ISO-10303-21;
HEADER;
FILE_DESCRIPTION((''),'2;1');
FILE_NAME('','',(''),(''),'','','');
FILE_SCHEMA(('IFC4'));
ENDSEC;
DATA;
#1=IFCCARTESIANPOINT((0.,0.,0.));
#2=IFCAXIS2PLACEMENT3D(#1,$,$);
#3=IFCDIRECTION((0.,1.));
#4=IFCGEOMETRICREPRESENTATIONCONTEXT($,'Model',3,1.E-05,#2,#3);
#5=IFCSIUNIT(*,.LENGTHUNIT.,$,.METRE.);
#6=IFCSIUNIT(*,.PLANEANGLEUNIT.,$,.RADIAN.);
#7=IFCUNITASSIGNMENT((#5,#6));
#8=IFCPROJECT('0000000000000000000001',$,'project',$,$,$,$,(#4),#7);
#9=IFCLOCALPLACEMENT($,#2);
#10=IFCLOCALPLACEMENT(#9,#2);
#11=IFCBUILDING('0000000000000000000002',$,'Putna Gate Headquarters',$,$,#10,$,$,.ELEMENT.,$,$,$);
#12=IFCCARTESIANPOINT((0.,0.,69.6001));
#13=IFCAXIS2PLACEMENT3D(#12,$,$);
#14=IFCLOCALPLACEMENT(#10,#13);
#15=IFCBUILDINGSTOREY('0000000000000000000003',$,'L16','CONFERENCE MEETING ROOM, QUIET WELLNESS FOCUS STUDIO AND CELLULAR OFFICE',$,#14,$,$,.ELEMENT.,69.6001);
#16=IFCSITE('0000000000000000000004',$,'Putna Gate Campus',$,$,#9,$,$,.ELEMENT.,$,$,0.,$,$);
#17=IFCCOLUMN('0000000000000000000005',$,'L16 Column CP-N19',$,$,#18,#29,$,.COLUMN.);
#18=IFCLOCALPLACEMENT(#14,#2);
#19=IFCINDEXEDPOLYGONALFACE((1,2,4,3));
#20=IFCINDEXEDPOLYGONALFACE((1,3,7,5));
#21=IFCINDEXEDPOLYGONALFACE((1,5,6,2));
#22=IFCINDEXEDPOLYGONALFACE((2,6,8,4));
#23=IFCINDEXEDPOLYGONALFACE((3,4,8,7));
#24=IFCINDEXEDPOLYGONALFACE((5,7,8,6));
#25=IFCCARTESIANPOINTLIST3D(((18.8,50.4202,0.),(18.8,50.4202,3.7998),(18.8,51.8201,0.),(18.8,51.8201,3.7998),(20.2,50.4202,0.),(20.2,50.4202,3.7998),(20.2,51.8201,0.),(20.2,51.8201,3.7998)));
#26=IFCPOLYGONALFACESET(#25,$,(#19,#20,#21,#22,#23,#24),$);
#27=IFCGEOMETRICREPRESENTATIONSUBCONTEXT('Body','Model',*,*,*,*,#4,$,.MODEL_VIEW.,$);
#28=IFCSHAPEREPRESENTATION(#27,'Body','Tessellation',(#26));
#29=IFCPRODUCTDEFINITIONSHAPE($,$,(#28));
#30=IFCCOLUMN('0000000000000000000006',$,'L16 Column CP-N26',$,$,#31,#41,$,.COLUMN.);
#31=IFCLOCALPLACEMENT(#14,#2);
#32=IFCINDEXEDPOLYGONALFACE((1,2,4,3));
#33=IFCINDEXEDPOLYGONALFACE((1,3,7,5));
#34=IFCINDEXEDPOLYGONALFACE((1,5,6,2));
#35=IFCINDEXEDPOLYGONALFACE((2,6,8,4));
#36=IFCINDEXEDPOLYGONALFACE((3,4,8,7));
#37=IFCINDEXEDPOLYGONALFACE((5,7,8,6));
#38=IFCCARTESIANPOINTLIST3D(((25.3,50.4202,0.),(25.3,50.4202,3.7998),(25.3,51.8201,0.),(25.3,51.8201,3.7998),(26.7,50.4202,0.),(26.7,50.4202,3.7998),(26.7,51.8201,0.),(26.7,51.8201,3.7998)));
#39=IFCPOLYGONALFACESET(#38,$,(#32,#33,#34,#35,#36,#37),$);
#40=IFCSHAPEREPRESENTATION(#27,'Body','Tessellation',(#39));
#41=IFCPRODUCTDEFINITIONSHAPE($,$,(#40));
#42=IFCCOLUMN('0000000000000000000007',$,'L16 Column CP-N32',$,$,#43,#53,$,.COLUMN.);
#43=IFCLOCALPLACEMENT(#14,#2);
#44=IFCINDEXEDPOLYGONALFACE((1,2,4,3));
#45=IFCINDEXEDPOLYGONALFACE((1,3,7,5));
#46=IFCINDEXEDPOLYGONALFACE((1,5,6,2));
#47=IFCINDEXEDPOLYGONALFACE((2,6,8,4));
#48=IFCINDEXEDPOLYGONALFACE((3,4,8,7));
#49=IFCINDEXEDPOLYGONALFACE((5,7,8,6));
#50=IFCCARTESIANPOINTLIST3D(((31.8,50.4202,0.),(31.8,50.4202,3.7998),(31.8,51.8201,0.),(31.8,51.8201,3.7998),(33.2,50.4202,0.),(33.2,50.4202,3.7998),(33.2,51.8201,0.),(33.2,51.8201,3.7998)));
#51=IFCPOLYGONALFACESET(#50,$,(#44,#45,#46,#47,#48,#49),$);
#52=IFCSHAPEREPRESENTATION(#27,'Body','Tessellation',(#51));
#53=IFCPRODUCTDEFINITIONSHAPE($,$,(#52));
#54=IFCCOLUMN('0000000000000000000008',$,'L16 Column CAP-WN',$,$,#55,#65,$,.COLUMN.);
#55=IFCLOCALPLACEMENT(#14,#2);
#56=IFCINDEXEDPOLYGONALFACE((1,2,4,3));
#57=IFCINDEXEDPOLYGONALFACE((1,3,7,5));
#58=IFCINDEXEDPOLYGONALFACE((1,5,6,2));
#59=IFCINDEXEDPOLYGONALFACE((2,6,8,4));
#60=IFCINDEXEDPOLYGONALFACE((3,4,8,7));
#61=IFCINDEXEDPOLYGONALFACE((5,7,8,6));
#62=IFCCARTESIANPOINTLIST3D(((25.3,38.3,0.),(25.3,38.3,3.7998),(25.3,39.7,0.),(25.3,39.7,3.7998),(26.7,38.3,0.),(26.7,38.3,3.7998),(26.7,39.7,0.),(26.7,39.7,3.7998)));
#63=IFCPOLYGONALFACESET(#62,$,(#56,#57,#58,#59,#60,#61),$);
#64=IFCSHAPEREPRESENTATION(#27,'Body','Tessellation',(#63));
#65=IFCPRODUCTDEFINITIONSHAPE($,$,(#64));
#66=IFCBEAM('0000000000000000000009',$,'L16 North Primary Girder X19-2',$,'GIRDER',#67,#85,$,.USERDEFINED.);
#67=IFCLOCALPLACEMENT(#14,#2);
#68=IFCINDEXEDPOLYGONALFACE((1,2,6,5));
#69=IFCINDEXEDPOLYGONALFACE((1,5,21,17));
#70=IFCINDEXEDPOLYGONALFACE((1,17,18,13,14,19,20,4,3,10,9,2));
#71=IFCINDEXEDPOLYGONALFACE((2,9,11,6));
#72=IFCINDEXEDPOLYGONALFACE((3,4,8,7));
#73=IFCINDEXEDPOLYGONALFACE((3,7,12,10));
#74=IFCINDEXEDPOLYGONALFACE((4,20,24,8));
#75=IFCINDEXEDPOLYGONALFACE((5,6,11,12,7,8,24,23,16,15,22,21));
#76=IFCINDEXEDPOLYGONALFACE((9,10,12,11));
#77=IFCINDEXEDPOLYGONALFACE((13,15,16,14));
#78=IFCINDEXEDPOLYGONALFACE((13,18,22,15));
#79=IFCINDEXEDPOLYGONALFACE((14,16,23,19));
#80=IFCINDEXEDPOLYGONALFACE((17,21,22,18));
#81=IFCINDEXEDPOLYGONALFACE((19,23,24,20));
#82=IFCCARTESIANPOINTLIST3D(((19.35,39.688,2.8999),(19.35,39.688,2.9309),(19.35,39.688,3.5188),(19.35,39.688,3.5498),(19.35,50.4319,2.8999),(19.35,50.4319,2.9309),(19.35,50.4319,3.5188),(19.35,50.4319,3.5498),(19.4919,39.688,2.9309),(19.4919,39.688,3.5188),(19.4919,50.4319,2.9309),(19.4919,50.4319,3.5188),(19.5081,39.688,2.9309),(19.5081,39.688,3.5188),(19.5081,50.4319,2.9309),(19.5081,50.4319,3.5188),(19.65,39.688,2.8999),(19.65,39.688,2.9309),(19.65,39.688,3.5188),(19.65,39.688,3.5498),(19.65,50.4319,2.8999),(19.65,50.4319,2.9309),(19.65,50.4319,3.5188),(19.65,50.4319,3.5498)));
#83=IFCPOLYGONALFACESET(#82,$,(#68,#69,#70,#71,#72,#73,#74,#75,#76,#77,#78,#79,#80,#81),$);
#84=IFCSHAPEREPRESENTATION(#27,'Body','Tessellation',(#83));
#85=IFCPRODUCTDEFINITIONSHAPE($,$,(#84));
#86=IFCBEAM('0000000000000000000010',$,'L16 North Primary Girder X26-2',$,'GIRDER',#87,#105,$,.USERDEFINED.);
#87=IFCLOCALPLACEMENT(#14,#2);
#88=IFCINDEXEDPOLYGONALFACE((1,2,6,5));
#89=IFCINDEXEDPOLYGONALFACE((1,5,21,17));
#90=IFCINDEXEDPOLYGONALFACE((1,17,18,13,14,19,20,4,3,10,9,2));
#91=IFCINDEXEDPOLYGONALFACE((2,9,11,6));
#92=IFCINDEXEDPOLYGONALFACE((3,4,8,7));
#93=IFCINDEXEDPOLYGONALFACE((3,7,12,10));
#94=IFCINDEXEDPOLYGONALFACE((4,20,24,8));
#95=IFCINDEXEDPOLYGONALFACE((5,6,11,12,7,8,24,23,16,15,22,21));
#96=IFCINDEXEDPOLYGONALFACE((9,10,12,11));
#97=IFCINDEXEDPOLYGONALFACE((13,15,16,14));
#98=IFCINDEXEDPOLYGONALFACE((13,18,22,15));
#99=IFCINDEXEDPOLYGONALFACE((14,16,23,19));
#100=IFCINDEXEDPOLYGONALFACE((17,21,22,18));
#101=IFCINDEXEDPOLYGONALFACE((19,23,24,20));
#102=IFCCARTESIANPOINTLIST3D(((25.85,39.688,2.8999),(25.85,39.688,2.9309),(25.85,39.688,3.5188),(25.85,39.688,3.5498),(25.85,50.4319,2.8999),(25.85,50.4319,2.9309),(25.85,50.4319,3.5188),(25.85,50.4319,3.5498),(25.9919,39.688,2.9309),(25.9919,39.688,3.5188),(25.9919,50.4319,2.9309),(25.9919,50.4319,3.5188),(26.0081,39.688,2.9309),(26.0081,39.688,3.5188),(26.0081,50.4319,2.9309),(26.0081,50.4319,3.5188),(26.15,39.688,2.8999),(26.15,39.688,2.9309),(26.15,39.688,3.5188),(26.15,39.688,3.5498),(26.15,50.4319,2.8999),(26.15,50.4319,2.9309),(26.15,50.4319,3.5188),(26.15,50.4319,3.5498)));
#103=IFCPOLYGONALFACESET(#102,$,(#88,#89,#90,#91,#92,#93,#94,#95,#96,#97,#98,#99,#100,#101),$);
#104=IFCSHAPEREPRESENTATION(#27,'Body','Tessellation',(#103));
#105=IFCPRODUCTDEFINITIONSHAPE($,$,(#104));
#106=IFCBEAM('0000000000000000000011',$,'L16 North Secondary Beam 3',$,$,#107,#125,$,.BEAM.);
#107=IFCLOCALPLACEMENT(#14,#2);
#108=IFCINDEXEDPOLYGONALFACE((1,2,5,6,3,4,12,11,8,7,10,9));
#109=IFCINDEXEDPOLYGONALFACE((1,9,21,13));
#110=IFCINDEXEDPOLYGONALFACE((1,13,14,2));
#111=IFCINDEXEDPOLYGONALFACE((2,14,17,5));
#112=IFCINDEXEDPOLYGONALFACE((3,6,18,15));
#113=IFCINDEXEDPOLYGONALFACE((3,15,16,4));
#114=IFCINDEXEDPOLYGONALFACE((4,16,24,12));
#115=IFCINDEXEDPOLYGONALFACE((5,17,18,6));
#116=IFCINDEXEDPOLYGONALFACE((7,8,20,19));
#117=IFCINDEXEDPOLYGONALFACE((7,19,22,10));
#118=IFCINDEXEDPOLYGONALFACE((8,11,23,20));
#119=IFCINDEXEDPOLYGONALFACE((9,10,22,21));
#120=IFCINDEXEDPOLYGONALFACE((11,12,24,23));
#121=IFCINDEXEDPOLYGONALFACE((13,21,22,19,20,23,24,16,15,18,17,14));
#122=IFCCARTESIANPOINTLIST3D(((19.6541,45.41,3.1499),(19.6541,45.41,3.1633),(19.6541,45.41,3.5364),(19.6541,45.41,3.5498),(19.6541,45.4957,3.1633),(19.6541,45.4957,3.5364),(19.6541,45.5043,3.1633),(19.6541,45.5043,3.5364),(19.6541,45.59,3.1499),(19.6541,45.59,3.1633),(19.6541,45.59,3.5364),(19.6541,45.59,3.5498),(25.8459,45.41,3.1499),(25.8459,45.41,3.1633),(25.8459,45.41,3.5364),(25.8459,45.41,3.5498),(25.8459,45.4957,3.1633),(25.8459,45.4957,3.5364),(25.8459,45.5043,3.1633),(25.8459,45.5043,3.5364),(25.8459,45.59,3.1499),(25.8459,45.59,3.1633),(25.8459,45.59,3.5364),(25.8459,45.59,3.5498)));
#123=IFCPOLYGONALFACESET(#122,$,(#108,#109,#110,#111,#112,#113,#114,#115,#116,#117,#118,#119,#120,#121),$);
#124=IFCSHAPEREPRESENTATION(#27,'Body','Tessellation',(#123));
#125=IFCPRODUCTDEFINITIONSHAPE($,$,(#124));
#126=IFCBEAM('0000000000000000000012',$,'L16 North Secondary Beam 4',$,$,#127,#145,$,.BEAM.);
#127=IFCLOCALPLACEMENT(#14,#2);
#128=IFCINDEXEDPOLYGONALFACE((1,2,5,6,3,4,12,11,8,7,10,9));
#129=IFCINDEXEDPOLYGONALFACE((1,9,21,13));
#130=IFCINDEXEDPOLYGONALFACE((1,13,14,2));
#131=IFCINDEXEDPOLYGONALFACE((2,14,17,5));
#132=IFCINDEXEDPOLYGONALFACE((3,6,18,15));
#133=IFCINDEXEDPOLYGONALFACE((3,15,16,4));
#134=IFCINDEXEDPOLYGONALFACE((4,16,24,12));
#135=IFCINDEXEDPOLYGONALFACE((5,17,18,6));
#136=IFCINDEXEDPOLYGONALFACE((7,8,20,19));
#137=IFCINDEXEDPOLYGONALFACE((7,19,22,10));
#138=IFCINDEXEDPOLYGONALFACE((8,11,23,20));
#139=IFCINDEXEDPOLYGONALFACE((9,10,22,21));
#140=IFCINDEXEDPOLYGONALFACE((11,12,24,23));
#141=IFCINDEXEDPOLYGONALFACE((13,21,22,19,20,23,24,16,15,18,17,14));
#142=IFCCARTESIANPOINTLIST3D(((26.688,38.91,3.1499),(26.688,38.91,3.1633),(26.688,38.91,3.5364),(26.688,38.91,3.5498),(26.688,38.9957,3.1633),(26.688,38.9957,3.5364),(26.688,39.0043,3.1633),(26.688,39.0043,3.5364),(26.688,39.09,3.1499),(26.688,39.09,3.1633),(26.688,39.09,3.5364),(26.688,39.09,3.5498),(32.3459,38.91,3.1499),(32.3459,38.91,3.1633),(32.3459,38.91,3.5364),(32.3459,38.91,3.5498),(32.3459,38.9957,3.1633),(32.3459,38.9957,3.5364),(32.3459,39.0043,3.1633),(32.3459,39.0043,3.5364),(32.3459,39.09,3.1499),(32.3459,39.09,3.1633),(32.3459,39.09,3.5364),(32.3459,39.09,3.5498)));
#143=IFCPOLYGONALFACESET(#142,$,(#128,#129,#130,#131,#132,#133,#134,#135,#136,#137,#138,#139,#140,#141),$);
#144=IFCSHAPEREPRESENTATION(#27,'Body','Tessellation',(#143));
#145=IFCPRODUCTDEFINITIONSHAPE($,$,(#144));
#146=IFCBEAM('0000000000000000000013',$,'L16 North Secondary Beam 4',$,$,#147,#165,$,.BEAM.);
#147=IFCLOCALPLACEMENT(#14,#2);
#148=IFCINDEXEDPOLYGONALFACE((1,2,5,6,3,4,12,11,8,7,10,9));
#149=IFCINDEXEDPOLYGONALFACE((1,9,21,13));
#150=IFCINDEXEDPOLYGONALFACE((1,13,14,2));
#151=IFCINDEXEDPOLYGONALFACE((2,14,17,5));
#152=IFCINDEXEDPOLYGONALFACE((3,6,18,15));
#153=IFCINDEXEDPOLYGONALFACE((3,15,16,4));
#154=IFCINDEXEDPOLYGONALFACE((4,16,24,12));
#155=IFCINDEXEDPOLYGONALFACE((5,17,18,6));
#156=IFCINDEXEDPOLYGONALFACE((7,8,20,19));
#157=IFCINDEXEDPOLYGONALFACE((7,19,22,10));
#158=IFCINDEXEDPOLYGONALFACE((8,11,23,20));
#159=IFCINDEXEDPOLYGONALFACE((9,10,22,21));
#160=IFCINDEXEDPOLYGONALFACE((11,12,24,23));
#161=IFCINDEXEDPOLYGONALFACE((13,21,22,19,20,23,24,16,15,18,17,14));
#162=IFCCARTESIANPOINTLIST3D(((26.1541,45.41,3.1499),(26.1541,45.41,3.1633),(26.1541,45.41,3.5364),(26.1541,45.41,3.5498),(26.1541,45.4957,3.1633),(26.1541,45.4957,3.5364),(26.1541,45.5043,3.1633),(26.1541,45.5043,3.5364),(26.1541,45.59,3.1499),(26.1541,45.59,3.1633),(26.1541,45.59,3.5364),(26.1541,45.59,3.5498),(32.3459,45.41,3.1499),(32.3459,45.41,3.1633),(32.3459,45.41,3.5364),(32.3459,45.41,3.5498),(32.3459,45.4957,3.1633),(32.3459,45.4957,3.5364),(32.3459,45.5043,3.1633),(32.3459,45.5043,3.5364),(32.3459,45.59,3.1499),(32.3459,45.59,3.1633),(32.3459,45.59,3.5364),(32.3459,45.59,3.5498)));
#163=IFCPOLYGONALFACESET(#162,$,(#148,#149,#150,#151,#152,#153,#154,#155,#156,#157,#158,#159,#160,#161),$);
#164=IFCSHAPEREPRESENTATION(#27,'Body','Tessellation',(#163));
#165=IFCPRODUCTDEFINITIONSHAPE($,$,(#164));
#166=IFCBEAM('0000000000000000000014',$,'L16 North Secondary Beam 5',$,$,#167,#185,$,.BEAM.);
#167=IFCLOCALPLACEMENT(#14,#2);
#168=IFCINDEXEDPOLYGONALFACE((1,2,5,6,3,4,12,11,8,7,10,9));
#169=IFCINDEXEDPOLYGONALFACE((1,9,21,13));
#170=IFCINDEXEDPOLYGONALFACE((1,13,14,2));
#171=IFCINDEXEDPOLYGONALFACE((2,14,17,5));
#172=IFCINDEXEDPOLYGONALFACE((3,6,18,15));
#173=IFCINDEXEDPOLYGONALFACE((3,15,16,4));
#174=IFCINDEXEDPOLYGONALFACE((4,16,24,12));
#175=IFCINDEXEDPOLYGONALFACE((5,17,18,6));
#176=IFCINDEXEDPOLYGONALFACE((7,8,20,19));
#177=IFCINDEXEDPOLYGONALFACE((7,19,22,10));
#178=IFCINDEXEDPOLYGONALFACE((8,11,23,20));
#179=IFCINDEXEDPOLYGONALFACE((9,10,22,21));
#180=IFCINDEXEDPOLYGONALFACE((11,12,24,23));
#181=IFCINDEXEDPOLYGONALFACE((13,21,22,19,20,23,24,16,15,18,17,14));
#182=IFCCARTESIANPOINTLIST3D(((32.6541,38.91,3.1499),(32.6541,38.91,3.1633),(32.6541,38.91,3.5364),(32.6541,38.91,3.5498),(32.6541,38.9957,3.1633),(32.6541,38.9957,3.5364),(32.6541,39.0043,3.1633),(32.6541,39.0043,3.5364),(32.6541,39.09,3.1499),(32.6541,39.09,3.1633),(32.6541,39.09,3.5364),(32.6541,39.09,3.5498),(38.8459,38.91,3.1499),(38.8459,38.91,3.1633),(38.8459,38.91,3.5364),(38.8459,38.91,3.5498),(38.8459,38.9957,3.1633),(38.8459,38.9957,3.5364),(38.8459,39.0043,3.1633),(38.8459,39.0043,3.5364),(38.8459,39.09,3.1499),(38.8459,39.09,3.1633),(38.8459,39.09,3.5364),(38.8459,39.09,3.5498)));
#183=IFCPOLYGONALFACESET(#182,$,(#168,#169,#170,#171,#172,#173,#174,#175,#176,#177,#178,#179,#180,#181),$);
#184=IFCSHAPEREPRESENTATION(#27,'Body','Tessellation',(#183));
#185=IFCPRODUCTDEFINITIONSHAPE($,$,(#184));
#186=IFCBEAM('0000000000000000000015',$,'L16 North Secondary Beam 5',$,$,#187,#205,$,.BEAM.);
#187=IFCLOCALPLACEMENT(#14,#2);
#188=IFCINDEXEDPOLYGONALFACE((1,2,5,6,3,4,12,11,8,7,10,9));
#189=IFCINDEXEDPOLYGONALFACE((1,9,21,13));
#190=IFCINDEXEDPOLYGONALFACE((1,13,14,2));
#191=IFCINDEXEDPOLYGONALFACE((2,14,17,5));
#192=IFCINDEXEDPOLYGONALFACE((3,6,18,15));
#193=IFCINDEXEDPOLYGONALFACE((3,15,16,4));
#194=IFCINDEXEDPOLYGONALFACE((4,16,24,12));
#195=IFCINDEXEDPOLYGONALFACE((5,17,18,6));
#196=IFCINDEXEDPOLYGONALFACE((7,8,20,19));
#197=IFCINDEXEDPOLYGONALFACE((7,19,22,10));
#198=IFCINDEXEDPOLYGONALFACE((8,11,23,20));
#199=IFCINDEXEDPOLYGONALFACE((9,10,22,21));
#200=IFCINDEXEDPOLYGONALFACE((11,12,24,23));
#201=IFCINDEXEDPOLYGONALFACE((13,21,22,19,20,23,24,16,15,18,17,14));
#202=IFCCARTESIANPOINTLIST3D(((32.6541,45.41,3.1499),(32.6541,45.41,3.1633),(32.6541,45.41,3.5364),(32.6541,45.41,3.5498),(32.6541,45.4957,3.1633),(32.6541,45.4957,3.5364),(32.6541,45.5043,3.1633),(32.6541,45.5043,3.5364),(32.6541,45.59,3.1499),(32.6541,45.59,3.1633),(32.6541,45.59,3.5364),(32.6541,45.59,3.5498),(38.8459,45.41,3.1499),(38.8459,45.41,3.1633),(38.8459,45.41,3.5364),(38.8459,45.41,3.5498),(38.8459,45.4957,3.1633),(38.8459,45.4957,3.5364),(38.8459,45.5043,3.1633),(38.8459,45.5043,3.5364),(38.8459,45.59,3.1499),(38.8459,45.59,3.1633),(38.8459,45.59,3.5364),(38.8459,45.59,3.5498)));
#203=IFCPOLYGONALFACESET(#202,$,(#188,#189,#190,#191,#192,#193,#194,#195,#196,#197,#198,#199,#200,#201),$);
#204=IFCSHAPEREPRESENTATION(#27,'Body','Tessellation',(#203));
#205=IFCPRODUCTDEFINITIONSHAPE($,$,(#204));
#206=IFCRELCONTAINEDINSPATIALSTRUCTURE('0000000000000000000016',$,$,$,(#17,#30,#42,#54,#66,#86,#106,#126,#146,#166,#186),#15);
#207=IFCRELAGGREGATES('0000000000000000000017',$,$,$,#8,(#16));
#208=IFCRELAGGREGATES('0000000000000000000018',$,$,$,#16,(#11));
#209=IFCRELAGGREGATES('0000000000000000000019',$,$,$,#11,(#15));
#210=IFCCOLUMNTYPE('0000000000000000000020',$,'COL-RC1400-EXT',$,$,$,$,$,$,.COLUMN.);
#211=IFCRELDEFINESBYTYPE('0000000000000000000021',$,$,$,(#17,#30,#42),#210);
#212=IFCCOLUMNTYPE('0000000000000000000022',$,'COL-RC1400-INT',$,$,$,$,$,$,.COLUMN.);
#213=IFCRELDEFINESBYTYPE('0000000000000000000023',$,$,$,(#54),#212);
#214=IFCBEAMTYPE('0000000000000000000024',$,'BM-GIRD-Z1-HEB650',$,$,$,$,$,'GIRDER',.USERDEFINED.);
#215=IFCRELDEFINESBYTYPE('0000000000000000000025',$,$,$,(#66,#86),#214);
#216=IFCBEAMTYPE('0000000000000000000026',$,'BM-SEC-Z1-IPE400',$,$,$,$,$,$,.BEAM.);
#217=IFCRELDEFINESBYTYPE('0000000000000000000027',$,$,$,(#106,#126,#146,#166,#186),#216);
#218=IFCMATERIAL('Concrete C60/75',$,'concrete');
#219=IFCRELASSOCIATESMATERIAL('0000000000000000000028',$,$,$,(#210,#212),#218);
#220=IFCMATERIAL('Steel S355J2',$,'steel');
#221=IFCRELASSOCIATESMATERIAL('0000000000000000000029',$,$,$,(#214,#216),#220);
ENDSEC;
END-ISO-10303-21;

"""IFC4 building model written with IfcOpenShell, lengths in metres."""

from ifc_helpers import new_model, si_unit, direction, frame, origin, origin_2d, place, context, subcontext, project, spatial, rectangle, i_section, extrude, material, material_profile, profile_set, type_object, element, save


model = new_model("IFC4")

# Units and contexts
model_context = context("Model", 3, precision=1e-05, world=origin(), true_north=direction((0.0, 1.0)))
body_context = subcontext(model_context, "Body", "Model", "MODEL_VIEW")
ifc_project = project(units=[si_unit("LENGTHUNIT", "METRE"), si_unit("PLANEANGLEUNIT", "RADIAN")], contexts=[model_context])

# Site, building, storey
site_placement = place(None, origin())
site = spatial("IfcSite", under=ifc_project, at=site_placement, Name="Putna Gate Campus", CompositionType="ELEMENT", RefElevation=0.0)
building_placement = place(site_placement, origin())
building = spatial("IfcBuilding", under=site, at=building_placement, Name="Putna Gate Headquarters", CompositionType="ELEMENT")
storey_placement = place(building_placement, frame((0.0, 0.0, 69.6001)))
storey = spatial("IfcBuildingStorey", under=building, at=storey_placement, Name="L16", Description="CONFERENCE MEETING ROOM, QUIET WELLNESS FOCUS STUDIO AND CELLULAR OFFICE", CompositionType="ELEMENT", Elevation=69.6001)

# Columns
ifc_material_1 = material(Name="Concrete C60/75", Category="concrete")
ifc_material_profile_1 = material_profile(ifc_material_1, rectangle(XDim=1.3999, YDim=1.3999, at=origin_2d()), Name="Concrete C60/75")
ifc_profile_set_1 = profile_set([ifc_material_profile_1], Name="Concrete C60/75")
column_type_1 = type_object("IfcColumnType", Name="COL-RC1400-EXT", PredefinedType="COLUMN", material=ifc_profile_set_1)
for number, where, z_axis, x_axis, name in (
    (1, (19.5, 51.1201, 0.0), (0.0, 0.0, 1.0), (1.0, 0.0, 0.0), "L16 Column CP-N19"),
    (2, (26.0, 51.1201, 0.0), (0.0, 0.0, 1.0), (1.0, 0.0, 0.0), "L16 Column CP-N26"),
    (3, (32.5, 51.1201, 0.0), (0.0, 0.0, 1.0), (1.0, 0.0, 0.0), "L16 Column CP-N32"),
):
    element("IfcColumn", number, at=place(storey_placement, frame(where, z_axis=z_axis, x_axis=x_axis)), inside=storey, type_object=column_type_1, Name=name, PredefinedType="COLUMN", context=body_context, shape_type="SweptSolid", body=[
        extrude(rectangle(XDim=1.3999, YDim=1.3999, at=origin_2d()), origin(), (0.0, 0.0, 1.0), 3.7998),
    ])
ifc_material_profile_2 = material_profile(ifc_material_1, rectangle(XDim=1.3999, YDim=1.3999, at=origin_2d()), Name="Concrete C60/75")
ifc_profile_set_2 = profile_set([ifc_material_profile_2], Name="Concrete C60/75")
column_type_2 = type_object("IfcColumnType", Name="COL-RC1400-INT", PredefinedType="COLUMN", material=ifc_profile_set_2)
column_placement = place(storey_placement, frame((26.0, 39.0, 0.0), z_axis=(0.0, 0.0, 1.0), x_axis=(1.0, 0.0, 0.0)))
element("IfcColumn", 4, at=column_placement, inside=storey, type_object=column_type_2, Name="L16 Column CAP-WN", PredefinedType="COLUMN", context=body_context, shape_type="SweptSolid", body=[
    extrude(rectangle(XDim=1.3999, YDim=1.3999, at=origin_2d()), origin(), (0.0, 0.0, 1.0), 3.7998),
])

# Beams
ifc_material_2 = material(Name="Steel S355J2", Category="steel")
ifc_material_profile_3 = material_profile(ifc_material_2, i_section(OverallWidth=0.3, OverallDepth=0.6499, WebThickness=0.0161, FlangeThickness=0.031, at=origin_2d()), Name="Steel S355J2")
ifc_profile_set_3 = profile_set([ifc_material_profile_3], Name="Steel S355J2")
beam_type_1 = type_object("IfcBeamType", Name="BM-GIRD-Z1-HEB650", ElementType="GIRDER", PredefinedType="USERDEFINED", material=ifc_profile_set_3)
for number, where, z_axis, x_axis, name in (
    (5, (19.5, 39.688, 3.2249), (0.0, 1.0, 0.0), (-1.0, 0.0, 0.0), "L16 North Primary Girder X19-2"),
    (6, (26.0, 39.688, 3.2249), (0.0, 1.0, 0.0), (-1.0, 0.0, 0.0), "L16 North Primary Girder X26-2"),
):
    element("IfcBeam", number, at=place(storey_placement, frame(where, z_axis=z_axis, x_axis=x_axis)), inside=storey, type_object=beam_type_1, Name=name, ObjectType="GIRDER", PredefinedType="USERDEFINED", context=body_context, shape_type="SweptSolid", body=[
        extrude(i_section(OverallWidth=0.3, OverallDepth=0.6499, WebThickness=0.0161, FlangeThickness=0.031, at=origin_2d()), origin(), (0.0, 0.0, 1.0), 10.7439),
    ])
ifc_material_profile_4 = material_profile(ifc_material_2, i_section(OverallWidth=0.1799, OverallDepth=0.3999, WebThickness=0.0085, FlangeThickness=0.0134, at=origin_2d()), Name="Steel S355J2")
ifc_profile_set_4 = profile_set([ifc_material_profile_4], Name="Steel S355J2")
beam_type_2 = type_object("IfcBeamType", Name="BM-SEC-Z1-IPE400", PredefinedType="BEAM", material=ifc_profile_set_4)
beam_1_placement = place(storey_placement, frame((19.6541, 45.5, 3.3499), z_axis=(1.0, 0.0, 0.0), x_axis=(0.0, 1.0, 0.0)))
element("IfcBeam", 7, at=beam_1_placement, inside=storey, type_object=beam_type_2, Name="L16 North Secondary Beam 3", PredefinedType="BEAM", context=body_context, shape_type="SweptSolid", body=[
    extrude(i_section(OverallWidth=0.1799, OverallDepth=0.3999, WebThickness=0.0085, FlangeThickness=0.0134, at=origin_2d()), origin(), (0.0, 0.0, 1.0), 6.1919),
])
beam_2_placement = place(storey_placement, frame((26.688, 39.0, 3.3499), z_axis=(1.0, 0.0, 0.0), x_axis=(0.0, 1.0, 0.0)))
element("IfcBeam", 8, at=beam_2_placement, inside=storey, type_object=beam_type_2, Name="L16 North Secondary Beam 4", PredefinedType="BEAM", context=body_context, shape_type="SweptSolid", body=[
    extrude(i_section(OverallWidth=0.1799, OverallDepth=0.3999, WebThickness=0.0085, FlangeThickness=0.0134, at=origin_2d()), origin(), (0.0, 0.0, 1.0), 5.658),
])
for number, where, z_axis, x_axis, name in (
    (9, (26.1541, 45.5, 3.3499), (1.0, 0.0, 0.0), (0.0, 1.0, 0.0), "L16 North Secondary Beam 4"),
    (10, (32.6541, 39.0, 3.3499), (1.0, 0.0, 0.0), (0.0, 1.0, 0.0), "L16 North Secondary Beam 5"),
    (11, (32.6541, 45.5, 3.3499), (1.0, 0.0, 0.0), (0.0, 1.0, 0.0), "L16 North Secondary Beam 5"),
):
    element("IfcBeam", number, at=place(storey_placement, frame(where, z_axis=z_axis, x_axis=x_axis)), inside=storey, type_object=beam_type_2, Name=name, PredefinedType="BEAM", context=body_context, shape_type="SweptSolid", body=[
        extrude(i_section(OverallWidth=0.1799, OverallDepth=0.3999, WebThickness=0.0085, FlangeThickness=0.0134, at=origin_2d()), origin(), (0.0, 0.0, 1.0), 6.1919),
    ])

save(model, "model.ifc")
